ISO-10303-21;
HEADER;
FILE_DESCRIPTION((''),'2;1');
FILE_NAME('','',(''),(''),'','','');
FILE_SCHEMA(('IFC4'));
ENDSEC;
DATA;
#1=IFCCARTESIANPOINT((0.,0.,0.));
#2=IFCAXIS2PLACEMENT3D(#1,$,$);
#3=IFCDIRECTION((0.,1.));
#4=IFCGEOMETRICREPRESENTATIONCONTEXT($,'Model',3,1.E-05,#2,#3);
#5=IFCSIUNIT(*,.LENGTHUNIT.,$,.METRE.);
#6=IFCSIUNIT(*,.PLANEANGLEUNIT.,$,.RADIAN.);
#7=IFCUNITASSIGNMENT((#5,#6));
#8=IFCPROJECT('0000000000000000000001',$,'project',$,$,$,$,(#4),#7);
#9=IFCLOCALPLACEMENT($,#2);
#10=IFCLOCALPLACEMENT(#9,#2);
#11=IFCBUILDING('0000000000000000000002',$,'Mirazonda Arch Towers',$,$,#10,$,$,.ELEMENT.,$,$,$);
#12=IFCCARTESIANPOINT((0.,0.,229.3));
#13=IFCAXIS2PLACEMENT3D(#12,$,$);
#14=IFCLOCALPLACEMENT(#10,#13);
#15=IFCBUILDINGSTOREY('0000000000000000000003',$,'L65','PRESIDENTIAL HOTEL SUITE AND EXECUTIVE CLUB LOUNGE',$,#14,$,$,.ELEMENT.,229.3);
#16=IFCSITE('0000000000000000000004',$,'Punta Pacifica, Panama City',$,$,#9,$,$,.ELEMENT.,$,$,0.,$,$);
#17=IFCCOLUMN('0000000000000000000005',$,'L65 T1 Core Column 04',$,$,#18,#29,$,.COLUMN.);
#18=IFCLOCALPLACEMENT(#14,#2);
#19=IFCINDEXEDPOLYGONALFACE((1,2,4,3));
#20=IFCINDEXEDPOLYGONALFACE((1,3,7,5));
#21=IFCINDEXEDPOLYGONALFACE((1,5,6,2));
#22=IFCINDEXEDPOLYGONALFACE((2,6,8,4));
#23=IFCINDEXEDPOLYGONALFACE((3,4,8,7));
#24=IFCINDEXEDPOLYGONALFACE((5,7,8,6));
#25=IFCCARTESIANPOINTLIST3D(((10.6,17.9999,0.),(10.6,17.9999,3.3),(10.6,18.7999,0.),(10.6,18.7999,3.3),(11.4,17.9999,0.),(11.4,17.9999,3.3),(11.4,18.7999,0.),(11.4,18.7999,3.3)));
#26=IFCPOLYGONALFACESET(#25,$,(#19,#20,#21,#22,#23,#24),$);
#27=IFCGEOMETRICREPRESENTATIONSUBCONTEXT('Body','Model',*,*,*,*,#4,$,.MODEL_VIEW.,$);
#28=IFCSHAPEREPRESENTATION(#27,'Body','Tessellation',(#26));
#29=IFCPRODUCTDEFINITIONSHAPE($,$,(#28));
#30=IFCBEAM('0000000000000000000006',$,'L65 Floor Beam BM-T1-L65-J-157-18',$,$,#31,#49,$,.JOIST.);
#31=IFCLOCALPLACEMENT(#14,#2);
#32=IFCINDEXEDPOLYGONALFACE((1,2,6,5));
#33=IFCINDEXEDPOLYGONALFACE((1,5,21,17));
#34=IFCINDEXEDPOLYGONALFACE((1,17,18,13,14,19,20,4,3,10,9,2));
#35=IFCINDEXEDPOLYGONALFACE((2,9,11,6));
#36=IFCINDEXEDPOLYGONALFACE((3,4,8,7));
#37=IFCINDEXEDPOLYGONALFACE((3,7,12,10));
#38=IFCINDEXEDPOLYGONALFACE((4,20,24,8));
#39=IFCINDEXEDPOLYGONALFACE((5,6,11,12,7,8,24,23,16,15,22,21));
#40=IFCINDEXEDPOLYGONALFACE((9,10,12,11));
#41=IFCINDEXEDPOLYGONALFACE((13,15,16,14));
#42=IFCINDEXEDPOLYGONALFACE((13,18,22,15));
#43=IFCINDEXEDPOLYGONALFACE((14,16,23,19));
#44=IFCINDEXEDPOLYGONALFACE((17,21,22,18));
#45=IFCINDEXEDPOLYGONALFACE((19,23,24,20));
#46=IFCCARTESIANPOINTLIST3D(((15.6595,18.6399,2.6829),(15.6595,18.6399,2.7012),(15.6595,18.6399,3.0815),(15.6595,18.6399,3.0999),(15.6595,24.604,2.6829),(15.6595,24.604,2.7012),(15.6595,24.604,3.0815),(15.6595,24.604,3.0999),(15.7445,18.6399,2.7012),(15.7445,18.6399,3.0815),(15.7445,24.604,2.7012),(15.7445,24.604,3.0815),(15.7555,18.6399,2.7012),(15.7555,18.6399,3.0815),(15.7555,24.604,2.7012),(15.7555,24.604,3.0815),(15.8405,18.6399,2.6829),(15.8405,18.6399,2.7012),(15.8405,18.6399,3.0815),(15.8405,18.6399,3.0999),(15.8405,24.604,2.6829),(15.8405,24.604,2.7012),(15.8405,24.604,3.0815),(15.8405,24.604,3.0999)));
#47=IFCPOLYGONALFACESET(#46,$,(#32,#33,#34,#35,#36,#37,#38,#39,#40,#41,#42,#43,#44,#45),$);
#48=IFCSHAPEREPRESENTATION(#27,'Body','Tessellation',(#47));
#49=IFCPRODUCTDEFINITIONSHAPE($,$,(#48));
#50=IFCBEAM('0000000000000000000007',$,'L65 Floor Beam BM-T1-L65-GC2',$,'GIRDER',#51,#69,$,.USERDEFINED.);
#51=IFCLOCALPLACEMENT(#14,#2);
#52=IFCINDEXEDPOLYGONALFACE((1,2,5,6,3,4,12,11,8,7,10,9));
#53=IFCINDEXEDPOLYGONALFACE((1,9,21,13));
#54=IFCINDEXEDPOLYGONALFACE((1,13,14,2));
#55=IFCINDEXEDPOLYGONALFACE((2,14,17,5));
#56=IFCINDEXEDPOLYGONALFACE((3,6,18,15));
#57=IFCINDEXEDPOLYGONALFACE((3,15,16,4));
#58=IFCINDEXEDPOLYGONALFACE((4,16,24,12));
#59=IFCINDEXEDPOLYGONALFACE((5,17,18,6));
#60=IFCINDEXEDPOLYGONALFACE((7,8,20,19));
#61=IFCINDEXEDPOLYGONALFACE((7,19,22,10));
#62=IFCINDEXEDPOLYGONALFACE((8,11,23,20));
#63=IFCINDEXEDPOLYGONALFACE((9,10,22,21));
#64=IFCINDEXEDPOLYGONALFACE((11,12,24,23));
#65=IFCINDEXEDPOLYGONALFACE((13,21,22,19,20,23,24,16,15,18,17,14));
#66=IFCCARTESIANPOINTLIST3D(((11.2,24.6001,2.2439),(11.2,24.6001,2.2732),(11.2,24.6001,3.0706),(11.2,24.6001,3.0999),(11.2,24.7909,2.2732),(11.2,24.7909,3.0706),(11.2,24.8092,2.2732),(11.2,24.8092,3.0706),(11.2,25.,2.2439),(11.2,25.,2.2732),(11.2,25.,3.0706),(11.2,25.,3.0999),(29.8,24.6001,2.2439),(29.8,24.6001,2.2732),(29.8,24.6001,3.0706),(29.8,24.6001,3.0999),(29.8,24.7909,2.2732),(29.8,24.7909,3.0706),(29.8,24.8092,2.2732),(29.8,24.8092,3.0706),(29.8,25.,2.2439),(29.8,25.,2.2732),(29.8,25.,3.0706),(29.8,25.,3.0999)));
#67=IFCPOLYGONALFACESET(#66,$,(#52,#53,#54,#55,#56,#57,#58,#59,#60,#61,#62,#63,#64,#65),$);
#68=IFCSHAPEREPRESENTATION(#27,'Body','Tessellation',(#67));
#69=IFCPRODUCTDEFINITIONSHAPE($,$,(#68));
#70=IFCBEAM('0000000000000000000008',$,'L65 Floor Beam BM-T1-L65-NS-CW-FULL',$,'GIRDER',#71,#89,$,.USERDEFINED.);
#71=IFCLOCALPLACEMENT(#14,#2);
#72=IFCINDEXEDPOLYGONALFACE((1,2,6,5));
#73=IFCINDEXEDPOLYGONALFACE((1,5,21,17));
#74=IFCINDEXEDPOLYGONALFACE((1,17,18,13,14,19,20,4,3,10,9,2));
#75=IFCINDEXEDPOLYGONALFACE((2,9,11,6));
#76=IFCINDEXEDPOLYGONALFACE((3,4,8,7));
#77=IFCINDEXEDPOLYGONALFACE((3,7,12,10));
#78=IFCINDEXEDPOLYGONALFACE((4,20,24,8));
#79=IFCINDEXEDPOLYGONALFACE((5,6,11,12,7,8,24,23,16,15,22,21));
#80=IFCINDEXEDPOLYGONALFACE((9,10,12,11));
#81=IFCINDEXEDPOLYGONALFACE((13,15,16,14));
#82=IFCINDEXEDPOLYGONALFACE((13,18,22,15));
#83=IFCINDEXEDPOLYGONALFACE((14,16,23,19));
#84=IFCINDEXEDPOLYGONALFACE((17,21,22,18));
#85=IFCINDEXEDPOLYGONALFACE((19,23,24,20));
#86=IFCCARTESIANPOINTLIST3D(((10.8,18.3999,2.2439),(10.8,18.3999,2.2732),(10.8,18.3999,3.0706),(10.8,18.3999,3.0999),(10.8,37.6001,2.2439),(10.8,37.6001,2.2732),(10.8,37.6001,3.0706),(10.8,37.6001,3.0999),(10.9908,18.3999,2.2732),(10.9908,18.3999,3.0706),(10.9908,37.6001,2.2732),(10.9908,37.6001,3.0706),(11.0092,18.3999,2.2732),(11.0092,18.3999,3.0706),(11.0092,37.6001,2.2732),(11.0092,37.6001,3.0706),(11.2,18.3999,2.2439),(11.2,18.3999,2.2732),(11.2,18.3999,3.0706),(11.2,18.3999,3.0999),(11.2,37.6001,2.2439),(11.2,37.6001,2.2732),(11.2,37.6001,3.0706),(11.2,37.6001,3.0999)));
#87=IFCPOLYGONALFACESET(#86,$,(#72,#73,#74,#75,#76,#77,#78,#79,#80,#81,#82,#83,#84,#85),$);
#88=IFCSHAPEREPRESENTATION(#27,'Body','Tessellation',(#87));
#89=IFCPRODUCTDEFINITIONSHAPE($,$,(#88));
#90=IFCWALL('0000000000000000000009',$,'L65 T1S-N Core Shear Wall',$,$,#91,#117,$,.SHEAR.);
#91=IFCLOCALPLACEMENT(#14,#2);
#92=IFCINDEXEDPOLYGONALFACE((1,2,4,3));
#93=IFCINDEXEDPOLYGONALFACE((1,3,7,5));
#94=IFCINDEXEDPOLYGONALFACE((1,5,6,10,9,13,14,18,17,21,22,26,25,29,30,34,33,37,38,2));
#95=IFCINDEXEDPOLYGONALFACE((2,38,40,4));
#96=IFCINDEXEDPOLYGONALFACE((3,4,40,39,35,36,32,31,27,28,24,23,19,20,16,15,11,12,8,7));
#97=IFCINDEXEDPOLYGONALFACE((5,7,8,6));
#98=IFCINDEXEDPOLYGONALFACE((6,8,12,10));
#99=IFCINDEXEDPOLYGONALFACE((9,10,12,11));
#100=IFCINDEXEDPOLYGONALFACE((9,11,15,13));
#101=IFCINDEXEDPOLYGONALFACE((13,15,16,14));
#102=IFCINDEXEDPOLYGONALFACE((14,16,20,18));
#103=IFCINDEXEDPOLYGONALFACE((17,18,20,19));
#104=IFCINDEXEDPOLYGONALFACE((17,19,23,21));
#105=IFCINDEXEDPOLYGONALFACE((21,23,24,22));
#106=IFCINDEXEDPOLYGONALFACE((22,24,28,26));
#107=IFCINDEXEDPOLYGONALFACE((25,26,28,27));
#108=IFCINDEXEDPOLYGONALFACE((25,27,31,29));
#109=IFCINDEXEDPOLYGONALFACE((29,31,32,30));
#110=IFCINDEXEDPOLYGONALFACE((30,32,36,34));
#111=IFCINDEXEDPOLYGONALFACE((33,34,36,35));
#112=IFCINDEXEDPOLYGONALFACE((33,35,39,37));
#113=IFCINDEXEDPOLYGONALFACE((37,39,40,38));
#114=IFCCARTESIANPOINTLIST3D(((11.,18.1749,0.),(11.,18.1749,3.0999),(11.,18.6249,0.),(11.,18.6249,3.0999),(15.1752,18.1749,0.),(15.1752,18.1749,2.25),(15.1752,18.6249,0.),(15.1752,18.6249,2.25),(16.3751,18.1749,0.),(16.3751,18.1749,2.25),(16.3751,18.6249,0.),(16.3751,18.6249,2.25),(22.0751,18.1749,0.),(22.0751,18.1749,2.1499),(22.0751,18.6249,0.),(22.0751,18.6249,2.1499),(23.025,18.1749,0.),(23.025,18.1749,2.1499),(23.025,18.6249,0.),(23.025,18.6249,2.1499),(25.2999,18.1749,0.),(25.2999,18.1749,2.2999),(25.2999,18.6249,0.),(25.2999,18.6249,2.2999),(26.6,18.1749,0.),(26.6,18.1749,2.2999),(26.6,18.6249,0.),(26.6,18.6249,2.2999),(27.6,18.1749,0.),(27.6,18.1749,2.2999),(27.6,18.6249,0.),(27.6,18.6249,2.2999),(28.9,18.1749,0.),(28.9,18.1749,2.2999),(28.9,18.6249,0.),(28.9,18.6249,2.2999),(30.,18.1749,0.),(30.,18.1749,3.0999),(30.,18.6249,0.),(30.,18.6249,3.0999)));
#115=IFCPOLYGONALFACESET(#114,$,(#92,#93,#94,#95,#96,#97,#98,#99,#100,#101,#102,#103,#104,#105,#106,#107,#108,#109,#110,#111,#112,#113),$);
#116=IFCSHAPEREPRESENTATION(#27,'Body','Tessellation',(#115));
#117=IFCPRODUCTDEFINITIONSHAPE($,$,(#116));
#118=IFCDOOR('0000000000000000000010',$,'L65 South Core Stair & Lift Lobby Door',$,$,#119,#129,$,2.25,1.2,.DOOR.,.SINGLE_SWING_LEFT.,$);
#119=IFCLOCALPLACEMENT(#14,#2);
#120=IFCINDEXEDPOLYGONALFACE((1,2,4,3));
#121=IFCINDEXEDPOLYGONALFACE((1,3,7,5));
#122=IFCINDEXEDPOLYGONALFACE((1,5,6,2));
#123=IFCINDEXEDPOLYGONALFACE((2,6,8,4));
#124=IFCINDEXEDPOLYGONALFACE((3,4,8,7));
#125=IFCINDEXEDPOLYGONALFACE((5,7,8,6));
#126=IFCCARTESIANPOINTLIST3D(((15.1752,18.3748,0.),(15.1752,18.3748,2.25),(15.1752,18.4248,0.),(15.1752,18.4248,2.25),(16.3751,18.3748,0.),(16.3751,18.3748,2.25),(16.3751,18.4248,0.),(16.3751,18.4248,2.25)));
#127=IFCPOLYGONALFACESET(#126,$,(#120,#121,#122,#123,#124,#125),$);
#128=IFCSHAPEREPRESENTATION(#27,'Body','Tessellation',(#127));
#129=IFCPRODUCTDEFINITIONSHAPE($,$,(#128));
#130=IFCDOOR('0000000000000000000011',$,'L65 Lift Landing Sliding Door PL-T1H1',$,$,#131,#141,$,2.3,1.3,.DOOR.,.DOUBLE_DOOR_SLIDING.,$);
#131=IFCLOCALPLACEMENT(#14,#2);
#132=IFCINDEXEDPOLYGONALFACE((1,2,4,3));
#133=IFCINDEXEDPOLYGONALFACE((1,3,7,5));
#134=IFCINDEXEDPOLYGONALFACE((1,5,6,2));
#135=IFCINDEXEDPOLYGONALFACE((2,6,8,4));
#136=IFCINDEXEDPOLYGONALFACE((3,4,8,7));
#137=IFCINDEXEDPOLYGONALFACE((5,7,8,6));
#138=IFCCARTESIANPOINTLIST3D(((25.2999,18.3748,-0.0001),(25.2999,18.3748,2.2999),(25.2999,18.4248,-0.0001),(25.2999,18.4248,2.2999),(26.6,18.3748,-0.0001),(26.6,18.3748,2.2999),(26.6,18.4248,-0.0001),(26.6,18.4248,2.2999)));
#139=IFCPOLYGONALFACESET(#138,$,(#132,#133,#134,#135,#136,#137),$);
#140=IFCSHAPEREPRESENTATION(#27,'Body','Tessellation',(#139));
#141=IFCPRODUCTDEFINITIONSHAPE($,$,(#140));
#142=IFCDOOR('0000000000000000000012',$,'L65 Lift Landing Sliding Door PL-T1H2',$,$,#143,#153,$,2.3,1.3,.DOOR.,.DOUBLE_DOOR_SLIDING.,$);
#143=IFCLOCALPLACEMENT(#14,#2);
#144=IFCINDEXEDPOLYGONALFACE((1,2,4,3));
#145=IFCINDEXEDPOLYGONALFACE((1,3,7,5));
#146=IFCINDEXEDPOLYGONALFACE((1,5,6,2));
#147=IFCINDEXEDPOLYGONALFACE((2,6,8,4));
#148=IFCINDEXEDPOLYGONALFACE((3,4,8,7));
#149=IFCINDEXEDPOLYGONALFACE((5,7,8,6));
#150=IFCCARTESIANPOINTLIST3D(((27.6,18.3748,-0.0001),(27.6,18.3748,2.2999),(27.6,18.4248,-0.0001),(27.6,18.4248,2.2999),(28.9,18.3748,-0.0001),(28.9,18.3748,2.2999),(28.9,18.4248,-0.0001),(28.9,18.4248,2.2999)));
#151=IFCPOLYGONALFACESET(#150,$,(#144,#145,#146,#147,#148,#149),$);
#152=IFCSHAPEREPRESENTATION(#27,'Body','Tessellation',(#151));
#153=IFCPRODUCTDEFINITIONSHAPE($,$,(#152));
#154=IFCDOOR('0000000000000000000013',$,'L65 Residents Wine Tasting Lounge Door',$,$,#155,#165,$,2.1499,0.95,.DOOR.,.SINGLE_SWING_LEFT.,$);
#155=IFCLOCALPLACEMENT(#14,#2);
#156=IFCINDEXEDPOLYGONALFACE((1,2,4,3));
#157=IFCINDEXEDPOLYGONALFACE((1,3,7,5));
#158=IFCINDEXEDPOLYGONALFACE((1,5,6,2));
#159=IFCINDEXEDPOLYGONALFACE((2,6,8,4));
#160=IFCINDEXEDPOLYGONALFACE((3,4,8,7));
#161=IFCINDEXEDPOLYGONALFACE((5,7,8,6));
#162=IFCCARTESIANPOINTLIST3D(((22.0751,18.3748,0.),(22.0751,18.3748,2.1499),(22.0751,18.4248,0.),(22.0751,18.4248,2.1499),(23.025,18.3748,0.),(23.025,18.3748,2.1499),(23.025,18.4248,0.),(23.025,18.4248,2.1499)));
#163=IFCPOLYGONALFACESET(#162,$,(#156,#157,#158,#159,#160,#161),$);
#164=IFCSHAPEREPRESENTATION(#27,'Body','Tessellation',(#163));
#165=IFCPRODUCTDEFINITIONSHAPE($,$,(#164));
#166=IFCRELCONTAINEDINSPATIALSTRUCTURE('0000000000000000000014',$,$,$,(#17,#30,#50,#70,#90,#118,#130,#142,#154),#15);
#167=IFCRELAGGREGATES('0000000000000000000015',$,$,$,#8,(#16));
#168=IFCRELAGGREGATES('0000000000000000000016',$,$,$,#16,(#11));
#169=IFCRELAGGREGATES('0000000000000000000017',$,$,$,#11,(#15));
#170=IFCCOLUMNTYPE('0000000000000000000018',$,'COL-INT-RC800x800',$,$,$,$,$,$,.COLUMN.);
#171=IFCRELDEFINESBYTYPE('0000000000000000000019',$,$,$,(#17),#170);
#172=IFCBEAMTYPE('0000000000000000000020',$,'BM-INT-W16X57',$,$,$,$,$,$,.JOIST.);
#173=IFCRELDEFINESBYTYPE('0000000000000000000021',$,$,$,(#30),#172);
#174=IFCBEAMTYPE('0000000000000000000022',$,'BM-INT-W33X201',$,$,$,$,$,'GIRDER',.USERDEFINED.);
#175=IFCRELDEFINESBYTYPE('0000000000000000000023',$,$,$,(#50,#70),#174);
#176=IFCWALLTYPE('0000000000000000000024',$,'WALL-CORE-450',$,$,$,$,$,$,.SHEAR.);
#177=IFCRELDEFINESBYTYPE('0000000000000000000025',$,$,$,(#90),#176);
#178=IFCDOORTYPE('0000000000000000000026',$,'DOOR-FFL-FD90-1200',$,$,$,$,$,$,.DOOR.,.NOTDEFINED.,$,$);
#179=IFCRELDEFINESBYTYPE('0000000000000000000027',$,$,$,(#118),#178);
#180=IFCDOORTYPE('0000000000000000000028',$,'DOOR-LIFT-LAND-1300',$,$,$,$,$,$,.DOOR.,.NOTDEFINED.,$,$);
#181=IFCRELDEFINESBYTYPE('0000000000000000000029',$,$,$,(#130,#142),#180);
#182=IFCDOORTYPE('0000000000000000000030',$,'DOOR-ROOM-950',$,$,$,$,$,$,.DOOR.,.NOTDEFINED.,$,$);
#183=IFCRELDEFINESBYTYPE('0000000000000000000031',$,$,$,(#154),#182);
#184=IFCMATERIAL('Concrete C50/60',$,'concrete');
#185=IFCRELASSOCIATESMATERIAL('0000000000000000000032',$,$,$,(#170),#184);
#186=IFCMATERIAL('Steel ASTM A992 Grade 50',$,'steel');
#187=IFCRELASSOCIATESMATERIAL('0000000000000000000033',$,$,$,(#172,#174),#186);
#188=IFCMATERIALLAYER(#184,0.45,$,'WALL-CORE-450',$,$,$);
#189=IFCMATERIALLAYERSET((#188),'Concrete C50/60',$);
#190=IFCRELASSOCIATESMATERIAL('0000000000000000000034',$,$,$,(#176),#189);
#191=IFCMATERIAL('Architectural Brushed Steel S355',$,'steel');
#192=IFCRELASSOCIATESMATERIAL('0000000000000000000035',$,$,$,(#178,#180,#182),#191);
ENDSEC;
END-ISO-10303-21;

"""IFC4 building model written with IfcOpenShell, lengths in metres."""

from ifc_helpers import new_model, si_unit, direction, frame, frame_2d, origin, origin_2d, place, context, subcontext, project, spatial, rectangle, i_section, extrude, material, layer, layer_set, material_profile, profile_set, type_object, element, fill, save


model = new_model("IFC4")

# Units and contexts
model_context = context("Model", 3, precision=1e-05, world=origin(), true_north=direction((0.0, 1.0)))
body_context = subcontext(model_context, "Body", "Model", "MODEL_VIEW")
ifc_project = project(units=[si_unit("LENGTHUNIT", "METRE"), si_unit("PLANEANGLEUNIT", "RADIAN")], contexts=[model_context])

# Site, building, storey
site_placement = place(None, origin())
site = spatial("IfcSite", under=ifc_project, at=site_placement, Name="Punta Pacifica, Panama City", CompositionType="ELEMENT", RefElevation=0.0)
building_placement = place(site_placement, origin())
building = spatial("IfcBuilding", under=site, at=building_placement, Name="Mirazonda Arch Towers", CompositionType="ELEMENT")
storey_placement = place(building_placement, frame((0.0, 0.0, 229.3)))
storey = spatial("IfcBuildingStorey", under=building, at=storey_placement, Name="L65", Description="PRESIDENTIAL HOTEL SUITE AND EXECUTIVE CLUB LOUNGE", CompositionType="ELEMENT", Elevation=229.3)

# Column
ifc_material_1 = material(Name="Concrete C50/60", Category="concrete")
ifc_material_profile_1 = material_profile(ifc_material_1, rectangle(XDim=0.8, YDim=0.8, at=origin_2d()), Name="RC800x800")
ifc_profile_set_1 = profile_set([ifc_material_profile_1], Name="Concrete C50/60")
column_type = type_object("IfcColumnType", Name="COL-INT-RC800x800", PredefinedType="COLUMN", material=ifc_profile_set_1)
column_placement = place(storey_placement, frame((11.0, 18.3999, 0.0), z_axis=(0.0, 0.0, 1.0), x_axis=(1.0, 0.0, 0.0)))
element("IfcColumn", 1, at=column_placement, inside=storey, type_object=column_type, Name="L65 T1 Core Column 04", PredefinedType="COLUMN", context=body_context, shape_type="SweptSolid", body=[
    extrude(rectangle(XDim=0.8, YDim=0.8, at=origin_2d()), origin(), (0.0, 0.0, 1.0), 3.3),
])

# Beams
ifc_material_2 = material(Name="Steel ASTM A992 Grade 50", Category="steel")
ifc_material_profile_2 = material_profile(ifc_material_2, i_section(OverallWidth=0.1809, OverallDepth=0.417, WebThickness=0.011, FlangeThickness=0.0183, at=origin_2d()), Name="W16X57")
ifc_profile_set_2 = profile_set([ifc_material_profile_2], Name="Steel ASTM A992 Grade 50")
beam_type_1 = type_object("IfcBeamType", Name="BM-INT-W16X57", PredefinedType="JOIST", material=ifc_profile_set_2)
beam_1_placement = place(storey_placement, frame((15.75, 18.6399, 2.8914), z_axis=(0.0, 1.0, 0.0), x_axis=(-1.0, 0.0, 0.0)))
element("IfcBeam", 2, at=beam_1_placement, inside=storey, type_object=beam_type_1, Name="L65 Floor Beam BM-T1-L65-J-157-18", PredefinedType="JOIST", context=body_context, shape_type="SweptSolid", body=[
    extrude(i_section(OverallWidth=0.1809, OverallDepth=0.417, WebThickness=0.011, FlangeThickness=0.0183, at=origin_2d()), origin(), (0.0, 0.0, 1.0), 5.9641),
])
ifc_material_profile_3 = material_profile(ifc_material_2, i_section(OverallWidth=0.3999, OverallDepth=0.856, WebThickness=0.0183, FlangeThickness=0.0293, at=origin_2d()), Name="W33X201")
ifc_profile_set_3 = profile_set([ifc_material_profile_3], Name="Steel ASTM A992 Grade 50")
beam_type_2 = type_object("IfcBeamType", Name="BM-INT-W33X201", ElementType="GIRDER", PredefinedType="USERDEFINED", material=ifc_profile_set_3)
beam_2_placement = place(storey_placement, frame((11.2, 24.8, 2.6719), z_axis=(1.0, 0.0, 0.0), x_axis=(0.0, 1.0, 0.0)))
element("IfcBeam", 3, at=beam_2_placement, inside=storey, type_object=beam_type_2, Name="L65 Floor Beam BM-T1-L65-GC2", ObjectType="GIRDER", PredefinedType="USERDEFINED", context=body_context, shape_type="SweptSolid", body=[
    extrude(i_section(OverallWidth=0.3999, OverallDepth=0.856, WebThickness=0.0183, FlangeThickness=0.0293, at=origin_2d()), origin(), (0.0, 0.0, 1.0), 18.6001),
])
beam_3_placement = place(storey_placement, frame((11.0, 18.3999, 2.6719), z_axis=(0.0, 1.0, 0.0), x_axis=(-1.0, 0.0, 0.0)))
element("IfcBeam", 4, at=beam_3_placement, inside=storey, type_object=beam_type_2, Name="L65 Floor Beam BM-T1-L65-NS-CW-FULL", ObjectType="GIRDER", PredefinedType="USERDEFINED", context=body_context, shape_type="SweptSolid", body=[
    extrude(i_section(OverallWidth=0.3999, OverallDepth=0.856, WebThickness=0.0183, FlangeThickness=0.0293, at=origin_2d()), origin(), (0.0, 0.0, 1.0), 19.2002),
])

# Wall, openings, doors
ifc_layer_1 = layer(ifc_material_1, 0.45, Name="WALL-CORE-450")
ifc_layer_set_1 = layer_set([ifc_layer_1], Name="Concrete C50/60")
wall_type_1 = type_object("IfcWallType", Name="WALL-CORE-450", PredefinedType="SHEAR", material=ifc_layer_set_1)
wall_1_placement = place(storey_placement, frame((11.0, 18.3999, 0.0), z_axis=(0.0, 0.0, 1.0), x_axis=(1.0, 0.0, 0.0)))
wall_1 = element("IfcWall", 5, at=wall_1_placement, inside=storey, type_object=wall_type_1, Name="L65 T1S-N Core Shear Wall", PredefinedType="SHEAR", context=body_context, shape_type="SweptSolid", body=[
    extrude(rectangle(XDim=19.0, YDim=0.45, at=frame_2d((9.5, 0.0))), origin(), (0.0, 0.0, 1.0), 3.0999),
])
opening_1_placement = place(wall_1_placement, frame((4.175, 0.0, 0.0)))
opening_1 = element("IfcOpeningElement", 6, at=opening_1_placement, cuts=wall_1, PredefinedType="OPENING", context=body_context, shape_type="SweptSolid", body=[
    extrude(rectangle(XDim=1.2, YDim=2.25, at=frame_2d((0.6001, 1.125))), frame((0.0, 0.2349, 0.0), z_axis=(0.0, -1.0, 0.0), x_axis=(1.0, 0.0, 0.0)), (0.0, 0.0, 1.0), 0.47),
])
opening_2_placement = place(wall_1_placement, frame((11.075, 0.0, 0.0)))
opening_2 = element("IfcOpeningElement", 7, at=opening_2_placement, cuts=wall_1, PredefinedType="OPENING", context=body_context, shape_type="SweptSolid", body=[
    extrude(rectangle(XDim=0.95, YDim=2.1499, at=frame_2d((0.4751, 1.075))), frame((0.0, 0.2349, 0.0), z_axis=(0.0, -1.0, 0.0), x_axis=(1.0, 0.0, 0.0)), (0.0, 0.0, 1.0), 0.47),
])
opening_3_placement = place(wall_1_placement, frame((14.3, 0.0, 0.0)))
opening_3 = element("IfcOpeningElement", 8, at=opening_3_placement, cuts=wall_1, PredefinedType="OPENING", context=body_context, shape_type="SweptSolid", body=[
    extrude(rectangle(XDim=1.3, YDim=2.3, at=frame_2d((0.6499, 1.1499))), frame((0.0, 0.2349, 0.0), z_axis=(0.0, -1.0, 0.0), x_axis=(1.0, 0.0, 0.0)), (0.0, 0.0, 1.0), 0.47),
])
opening_4_placement = place(wall_1_placement, frame((16.6001, 0.0, 0.0)))
opening_4 = element("IfcOpeningElement", 9, at=opening_4_placement, cuts=wall_1, PredefinedType="OPENING", context=body_context, shape_type="SweptSolid", body=[
    extrude(rectangle(XDim=1.3, YDim=2.3, at=frame_2d((0.6499, 1.1499))), frame((0.0, 0.2349, 0.0), z_axis=(0.0, -1.0, 0.0), x_axis=(1.0, 0.0, 0.0)), (0.0, 0.0, 1.0), 0.47),
])
ifc_material_3 = material(Name="Architectural Brushed Steel S355", Category="steel")
door_type_1 = type_object("IfcDoorType", Name="DOOR-FFL-FD90-1200", OperationType="NOTDEFINED", PredefinedType="DOOR", material=ifc_material_3)
door_1_placement = place(opening_1_placement, origin())
door_1 = element("IfcDoor", 10, at=door_1_placement, inside=storey, type_object=door_type_1, Name="L65 South Core Stair & Lift Lobby Door", OperationType="SINGLE_SWING_LEFT", OverallHeight=2.25, OverallWidth=1.2, PredefinedType="DOOR", context=body_context, shape_type="SweptSolid", body=[
    extrude(rectangle(XDim=1.2, YDim=2.25, at=frame_2d((0.6001, 1.125))), frame((0.0, 0.0249, 0.0), z_axis=(0.0, -1.0, 0.0), x_axis=(1.0, 0.0, 0.0)), (0.0, 0.0, 1.0), 0.05),
])
fill(opening_1, door_1)
door_type_2 = type_object("IfcDoorType", Name="DOOR-LIFT-LAND-1300", OperationType="NOTDEFINED", PredefinedType="DOOR", material=ifc_material_3)
door_2_placement = place(opening_3_placement, origin())
door_2 = element("IfcDoor", 11, at=door_2_placement, inside=storey, type_object=door_type_2, Name="L65 Lift Landing Sliding Door PL-T1H1", OperationType="DOUBLE_DOOR_SLIDING", OverallHeight=2.3, OverallWidth=1.3, PredefinedType="DOOR", context=body_context, shape_type="SweptSolid", body=[
    extrude(rectangle(XDim=1.3, YDim=2.3, at=frame_2d((0.6499, 1.1499))), frame((0.0, 0.0249, 0.0), z_axis=(0.0, -1.0, 0.0), x_axis=(1.0, 0.0, 0.0)), (0.0, 0.0, 1.0), 0.05),
])
fill(opening_3, door_2)
door_3_placement = place(opening_4_placement, origin())
door_3 = element("IfcDoor", 12, at=door_3_placement, inside=storey, type_object=door_type_2, Name="L65 Lift Landing Sliding Door PL-T1H2", OperationType="DOUBLE_DOOR_SLIDING", OverallHeight=2.3, OverallWidth=1.3, PredefinedType="DOOR", context=body_context, shape_type="SweptSolid", body=[
    extrude(rectangle(XDim=1.3, YDim=2.3, at=frame_2d((0.6499, 1.1499))), frame((0.0, 0.0249, 0.0), z_axis=(0.0, -1.0, 0.0), x_axis=(1.0, 0.0, 0.0)), (0.0, 0.0, 1.0), 0.05),
])
fill(opening_4, door_3)
door_type_3 = type_object("IfcDoorType", Name="DOOR-ROOM-950", OperationType="NOTDEFINED", PredefinedType="DOOR", material=ifc_material_3)
door_4_placement = place(opening_2_placement, origin())
door_4 = element("IfcDoor", 13, at=door_4_placement, inside=storey, type_object=door_type_3, Name="L65 Residents Wine Tasting Lounge Door", OperationType="SINGLE_SWING_LEFT", OverallHeight=2.1499, OverallWidth=0.95, PredefinedType="DOOR", context=body_context, shape_type="SweptSolid", body=[
    extrude(rectangle(XDim=0.95, YDim=2.1499, at=frame_2d((0.4751, 1.075))), frame((0.0, 0.0249, 0.0), z_axis=(0.0, -1.0, 0.0), x_axis=(1.0, 0.0, 0.0)), (0.0, 0.0, 1.0), 0.05),
])
fill(opening_2, door_4)

save(model, "model.ifc")
